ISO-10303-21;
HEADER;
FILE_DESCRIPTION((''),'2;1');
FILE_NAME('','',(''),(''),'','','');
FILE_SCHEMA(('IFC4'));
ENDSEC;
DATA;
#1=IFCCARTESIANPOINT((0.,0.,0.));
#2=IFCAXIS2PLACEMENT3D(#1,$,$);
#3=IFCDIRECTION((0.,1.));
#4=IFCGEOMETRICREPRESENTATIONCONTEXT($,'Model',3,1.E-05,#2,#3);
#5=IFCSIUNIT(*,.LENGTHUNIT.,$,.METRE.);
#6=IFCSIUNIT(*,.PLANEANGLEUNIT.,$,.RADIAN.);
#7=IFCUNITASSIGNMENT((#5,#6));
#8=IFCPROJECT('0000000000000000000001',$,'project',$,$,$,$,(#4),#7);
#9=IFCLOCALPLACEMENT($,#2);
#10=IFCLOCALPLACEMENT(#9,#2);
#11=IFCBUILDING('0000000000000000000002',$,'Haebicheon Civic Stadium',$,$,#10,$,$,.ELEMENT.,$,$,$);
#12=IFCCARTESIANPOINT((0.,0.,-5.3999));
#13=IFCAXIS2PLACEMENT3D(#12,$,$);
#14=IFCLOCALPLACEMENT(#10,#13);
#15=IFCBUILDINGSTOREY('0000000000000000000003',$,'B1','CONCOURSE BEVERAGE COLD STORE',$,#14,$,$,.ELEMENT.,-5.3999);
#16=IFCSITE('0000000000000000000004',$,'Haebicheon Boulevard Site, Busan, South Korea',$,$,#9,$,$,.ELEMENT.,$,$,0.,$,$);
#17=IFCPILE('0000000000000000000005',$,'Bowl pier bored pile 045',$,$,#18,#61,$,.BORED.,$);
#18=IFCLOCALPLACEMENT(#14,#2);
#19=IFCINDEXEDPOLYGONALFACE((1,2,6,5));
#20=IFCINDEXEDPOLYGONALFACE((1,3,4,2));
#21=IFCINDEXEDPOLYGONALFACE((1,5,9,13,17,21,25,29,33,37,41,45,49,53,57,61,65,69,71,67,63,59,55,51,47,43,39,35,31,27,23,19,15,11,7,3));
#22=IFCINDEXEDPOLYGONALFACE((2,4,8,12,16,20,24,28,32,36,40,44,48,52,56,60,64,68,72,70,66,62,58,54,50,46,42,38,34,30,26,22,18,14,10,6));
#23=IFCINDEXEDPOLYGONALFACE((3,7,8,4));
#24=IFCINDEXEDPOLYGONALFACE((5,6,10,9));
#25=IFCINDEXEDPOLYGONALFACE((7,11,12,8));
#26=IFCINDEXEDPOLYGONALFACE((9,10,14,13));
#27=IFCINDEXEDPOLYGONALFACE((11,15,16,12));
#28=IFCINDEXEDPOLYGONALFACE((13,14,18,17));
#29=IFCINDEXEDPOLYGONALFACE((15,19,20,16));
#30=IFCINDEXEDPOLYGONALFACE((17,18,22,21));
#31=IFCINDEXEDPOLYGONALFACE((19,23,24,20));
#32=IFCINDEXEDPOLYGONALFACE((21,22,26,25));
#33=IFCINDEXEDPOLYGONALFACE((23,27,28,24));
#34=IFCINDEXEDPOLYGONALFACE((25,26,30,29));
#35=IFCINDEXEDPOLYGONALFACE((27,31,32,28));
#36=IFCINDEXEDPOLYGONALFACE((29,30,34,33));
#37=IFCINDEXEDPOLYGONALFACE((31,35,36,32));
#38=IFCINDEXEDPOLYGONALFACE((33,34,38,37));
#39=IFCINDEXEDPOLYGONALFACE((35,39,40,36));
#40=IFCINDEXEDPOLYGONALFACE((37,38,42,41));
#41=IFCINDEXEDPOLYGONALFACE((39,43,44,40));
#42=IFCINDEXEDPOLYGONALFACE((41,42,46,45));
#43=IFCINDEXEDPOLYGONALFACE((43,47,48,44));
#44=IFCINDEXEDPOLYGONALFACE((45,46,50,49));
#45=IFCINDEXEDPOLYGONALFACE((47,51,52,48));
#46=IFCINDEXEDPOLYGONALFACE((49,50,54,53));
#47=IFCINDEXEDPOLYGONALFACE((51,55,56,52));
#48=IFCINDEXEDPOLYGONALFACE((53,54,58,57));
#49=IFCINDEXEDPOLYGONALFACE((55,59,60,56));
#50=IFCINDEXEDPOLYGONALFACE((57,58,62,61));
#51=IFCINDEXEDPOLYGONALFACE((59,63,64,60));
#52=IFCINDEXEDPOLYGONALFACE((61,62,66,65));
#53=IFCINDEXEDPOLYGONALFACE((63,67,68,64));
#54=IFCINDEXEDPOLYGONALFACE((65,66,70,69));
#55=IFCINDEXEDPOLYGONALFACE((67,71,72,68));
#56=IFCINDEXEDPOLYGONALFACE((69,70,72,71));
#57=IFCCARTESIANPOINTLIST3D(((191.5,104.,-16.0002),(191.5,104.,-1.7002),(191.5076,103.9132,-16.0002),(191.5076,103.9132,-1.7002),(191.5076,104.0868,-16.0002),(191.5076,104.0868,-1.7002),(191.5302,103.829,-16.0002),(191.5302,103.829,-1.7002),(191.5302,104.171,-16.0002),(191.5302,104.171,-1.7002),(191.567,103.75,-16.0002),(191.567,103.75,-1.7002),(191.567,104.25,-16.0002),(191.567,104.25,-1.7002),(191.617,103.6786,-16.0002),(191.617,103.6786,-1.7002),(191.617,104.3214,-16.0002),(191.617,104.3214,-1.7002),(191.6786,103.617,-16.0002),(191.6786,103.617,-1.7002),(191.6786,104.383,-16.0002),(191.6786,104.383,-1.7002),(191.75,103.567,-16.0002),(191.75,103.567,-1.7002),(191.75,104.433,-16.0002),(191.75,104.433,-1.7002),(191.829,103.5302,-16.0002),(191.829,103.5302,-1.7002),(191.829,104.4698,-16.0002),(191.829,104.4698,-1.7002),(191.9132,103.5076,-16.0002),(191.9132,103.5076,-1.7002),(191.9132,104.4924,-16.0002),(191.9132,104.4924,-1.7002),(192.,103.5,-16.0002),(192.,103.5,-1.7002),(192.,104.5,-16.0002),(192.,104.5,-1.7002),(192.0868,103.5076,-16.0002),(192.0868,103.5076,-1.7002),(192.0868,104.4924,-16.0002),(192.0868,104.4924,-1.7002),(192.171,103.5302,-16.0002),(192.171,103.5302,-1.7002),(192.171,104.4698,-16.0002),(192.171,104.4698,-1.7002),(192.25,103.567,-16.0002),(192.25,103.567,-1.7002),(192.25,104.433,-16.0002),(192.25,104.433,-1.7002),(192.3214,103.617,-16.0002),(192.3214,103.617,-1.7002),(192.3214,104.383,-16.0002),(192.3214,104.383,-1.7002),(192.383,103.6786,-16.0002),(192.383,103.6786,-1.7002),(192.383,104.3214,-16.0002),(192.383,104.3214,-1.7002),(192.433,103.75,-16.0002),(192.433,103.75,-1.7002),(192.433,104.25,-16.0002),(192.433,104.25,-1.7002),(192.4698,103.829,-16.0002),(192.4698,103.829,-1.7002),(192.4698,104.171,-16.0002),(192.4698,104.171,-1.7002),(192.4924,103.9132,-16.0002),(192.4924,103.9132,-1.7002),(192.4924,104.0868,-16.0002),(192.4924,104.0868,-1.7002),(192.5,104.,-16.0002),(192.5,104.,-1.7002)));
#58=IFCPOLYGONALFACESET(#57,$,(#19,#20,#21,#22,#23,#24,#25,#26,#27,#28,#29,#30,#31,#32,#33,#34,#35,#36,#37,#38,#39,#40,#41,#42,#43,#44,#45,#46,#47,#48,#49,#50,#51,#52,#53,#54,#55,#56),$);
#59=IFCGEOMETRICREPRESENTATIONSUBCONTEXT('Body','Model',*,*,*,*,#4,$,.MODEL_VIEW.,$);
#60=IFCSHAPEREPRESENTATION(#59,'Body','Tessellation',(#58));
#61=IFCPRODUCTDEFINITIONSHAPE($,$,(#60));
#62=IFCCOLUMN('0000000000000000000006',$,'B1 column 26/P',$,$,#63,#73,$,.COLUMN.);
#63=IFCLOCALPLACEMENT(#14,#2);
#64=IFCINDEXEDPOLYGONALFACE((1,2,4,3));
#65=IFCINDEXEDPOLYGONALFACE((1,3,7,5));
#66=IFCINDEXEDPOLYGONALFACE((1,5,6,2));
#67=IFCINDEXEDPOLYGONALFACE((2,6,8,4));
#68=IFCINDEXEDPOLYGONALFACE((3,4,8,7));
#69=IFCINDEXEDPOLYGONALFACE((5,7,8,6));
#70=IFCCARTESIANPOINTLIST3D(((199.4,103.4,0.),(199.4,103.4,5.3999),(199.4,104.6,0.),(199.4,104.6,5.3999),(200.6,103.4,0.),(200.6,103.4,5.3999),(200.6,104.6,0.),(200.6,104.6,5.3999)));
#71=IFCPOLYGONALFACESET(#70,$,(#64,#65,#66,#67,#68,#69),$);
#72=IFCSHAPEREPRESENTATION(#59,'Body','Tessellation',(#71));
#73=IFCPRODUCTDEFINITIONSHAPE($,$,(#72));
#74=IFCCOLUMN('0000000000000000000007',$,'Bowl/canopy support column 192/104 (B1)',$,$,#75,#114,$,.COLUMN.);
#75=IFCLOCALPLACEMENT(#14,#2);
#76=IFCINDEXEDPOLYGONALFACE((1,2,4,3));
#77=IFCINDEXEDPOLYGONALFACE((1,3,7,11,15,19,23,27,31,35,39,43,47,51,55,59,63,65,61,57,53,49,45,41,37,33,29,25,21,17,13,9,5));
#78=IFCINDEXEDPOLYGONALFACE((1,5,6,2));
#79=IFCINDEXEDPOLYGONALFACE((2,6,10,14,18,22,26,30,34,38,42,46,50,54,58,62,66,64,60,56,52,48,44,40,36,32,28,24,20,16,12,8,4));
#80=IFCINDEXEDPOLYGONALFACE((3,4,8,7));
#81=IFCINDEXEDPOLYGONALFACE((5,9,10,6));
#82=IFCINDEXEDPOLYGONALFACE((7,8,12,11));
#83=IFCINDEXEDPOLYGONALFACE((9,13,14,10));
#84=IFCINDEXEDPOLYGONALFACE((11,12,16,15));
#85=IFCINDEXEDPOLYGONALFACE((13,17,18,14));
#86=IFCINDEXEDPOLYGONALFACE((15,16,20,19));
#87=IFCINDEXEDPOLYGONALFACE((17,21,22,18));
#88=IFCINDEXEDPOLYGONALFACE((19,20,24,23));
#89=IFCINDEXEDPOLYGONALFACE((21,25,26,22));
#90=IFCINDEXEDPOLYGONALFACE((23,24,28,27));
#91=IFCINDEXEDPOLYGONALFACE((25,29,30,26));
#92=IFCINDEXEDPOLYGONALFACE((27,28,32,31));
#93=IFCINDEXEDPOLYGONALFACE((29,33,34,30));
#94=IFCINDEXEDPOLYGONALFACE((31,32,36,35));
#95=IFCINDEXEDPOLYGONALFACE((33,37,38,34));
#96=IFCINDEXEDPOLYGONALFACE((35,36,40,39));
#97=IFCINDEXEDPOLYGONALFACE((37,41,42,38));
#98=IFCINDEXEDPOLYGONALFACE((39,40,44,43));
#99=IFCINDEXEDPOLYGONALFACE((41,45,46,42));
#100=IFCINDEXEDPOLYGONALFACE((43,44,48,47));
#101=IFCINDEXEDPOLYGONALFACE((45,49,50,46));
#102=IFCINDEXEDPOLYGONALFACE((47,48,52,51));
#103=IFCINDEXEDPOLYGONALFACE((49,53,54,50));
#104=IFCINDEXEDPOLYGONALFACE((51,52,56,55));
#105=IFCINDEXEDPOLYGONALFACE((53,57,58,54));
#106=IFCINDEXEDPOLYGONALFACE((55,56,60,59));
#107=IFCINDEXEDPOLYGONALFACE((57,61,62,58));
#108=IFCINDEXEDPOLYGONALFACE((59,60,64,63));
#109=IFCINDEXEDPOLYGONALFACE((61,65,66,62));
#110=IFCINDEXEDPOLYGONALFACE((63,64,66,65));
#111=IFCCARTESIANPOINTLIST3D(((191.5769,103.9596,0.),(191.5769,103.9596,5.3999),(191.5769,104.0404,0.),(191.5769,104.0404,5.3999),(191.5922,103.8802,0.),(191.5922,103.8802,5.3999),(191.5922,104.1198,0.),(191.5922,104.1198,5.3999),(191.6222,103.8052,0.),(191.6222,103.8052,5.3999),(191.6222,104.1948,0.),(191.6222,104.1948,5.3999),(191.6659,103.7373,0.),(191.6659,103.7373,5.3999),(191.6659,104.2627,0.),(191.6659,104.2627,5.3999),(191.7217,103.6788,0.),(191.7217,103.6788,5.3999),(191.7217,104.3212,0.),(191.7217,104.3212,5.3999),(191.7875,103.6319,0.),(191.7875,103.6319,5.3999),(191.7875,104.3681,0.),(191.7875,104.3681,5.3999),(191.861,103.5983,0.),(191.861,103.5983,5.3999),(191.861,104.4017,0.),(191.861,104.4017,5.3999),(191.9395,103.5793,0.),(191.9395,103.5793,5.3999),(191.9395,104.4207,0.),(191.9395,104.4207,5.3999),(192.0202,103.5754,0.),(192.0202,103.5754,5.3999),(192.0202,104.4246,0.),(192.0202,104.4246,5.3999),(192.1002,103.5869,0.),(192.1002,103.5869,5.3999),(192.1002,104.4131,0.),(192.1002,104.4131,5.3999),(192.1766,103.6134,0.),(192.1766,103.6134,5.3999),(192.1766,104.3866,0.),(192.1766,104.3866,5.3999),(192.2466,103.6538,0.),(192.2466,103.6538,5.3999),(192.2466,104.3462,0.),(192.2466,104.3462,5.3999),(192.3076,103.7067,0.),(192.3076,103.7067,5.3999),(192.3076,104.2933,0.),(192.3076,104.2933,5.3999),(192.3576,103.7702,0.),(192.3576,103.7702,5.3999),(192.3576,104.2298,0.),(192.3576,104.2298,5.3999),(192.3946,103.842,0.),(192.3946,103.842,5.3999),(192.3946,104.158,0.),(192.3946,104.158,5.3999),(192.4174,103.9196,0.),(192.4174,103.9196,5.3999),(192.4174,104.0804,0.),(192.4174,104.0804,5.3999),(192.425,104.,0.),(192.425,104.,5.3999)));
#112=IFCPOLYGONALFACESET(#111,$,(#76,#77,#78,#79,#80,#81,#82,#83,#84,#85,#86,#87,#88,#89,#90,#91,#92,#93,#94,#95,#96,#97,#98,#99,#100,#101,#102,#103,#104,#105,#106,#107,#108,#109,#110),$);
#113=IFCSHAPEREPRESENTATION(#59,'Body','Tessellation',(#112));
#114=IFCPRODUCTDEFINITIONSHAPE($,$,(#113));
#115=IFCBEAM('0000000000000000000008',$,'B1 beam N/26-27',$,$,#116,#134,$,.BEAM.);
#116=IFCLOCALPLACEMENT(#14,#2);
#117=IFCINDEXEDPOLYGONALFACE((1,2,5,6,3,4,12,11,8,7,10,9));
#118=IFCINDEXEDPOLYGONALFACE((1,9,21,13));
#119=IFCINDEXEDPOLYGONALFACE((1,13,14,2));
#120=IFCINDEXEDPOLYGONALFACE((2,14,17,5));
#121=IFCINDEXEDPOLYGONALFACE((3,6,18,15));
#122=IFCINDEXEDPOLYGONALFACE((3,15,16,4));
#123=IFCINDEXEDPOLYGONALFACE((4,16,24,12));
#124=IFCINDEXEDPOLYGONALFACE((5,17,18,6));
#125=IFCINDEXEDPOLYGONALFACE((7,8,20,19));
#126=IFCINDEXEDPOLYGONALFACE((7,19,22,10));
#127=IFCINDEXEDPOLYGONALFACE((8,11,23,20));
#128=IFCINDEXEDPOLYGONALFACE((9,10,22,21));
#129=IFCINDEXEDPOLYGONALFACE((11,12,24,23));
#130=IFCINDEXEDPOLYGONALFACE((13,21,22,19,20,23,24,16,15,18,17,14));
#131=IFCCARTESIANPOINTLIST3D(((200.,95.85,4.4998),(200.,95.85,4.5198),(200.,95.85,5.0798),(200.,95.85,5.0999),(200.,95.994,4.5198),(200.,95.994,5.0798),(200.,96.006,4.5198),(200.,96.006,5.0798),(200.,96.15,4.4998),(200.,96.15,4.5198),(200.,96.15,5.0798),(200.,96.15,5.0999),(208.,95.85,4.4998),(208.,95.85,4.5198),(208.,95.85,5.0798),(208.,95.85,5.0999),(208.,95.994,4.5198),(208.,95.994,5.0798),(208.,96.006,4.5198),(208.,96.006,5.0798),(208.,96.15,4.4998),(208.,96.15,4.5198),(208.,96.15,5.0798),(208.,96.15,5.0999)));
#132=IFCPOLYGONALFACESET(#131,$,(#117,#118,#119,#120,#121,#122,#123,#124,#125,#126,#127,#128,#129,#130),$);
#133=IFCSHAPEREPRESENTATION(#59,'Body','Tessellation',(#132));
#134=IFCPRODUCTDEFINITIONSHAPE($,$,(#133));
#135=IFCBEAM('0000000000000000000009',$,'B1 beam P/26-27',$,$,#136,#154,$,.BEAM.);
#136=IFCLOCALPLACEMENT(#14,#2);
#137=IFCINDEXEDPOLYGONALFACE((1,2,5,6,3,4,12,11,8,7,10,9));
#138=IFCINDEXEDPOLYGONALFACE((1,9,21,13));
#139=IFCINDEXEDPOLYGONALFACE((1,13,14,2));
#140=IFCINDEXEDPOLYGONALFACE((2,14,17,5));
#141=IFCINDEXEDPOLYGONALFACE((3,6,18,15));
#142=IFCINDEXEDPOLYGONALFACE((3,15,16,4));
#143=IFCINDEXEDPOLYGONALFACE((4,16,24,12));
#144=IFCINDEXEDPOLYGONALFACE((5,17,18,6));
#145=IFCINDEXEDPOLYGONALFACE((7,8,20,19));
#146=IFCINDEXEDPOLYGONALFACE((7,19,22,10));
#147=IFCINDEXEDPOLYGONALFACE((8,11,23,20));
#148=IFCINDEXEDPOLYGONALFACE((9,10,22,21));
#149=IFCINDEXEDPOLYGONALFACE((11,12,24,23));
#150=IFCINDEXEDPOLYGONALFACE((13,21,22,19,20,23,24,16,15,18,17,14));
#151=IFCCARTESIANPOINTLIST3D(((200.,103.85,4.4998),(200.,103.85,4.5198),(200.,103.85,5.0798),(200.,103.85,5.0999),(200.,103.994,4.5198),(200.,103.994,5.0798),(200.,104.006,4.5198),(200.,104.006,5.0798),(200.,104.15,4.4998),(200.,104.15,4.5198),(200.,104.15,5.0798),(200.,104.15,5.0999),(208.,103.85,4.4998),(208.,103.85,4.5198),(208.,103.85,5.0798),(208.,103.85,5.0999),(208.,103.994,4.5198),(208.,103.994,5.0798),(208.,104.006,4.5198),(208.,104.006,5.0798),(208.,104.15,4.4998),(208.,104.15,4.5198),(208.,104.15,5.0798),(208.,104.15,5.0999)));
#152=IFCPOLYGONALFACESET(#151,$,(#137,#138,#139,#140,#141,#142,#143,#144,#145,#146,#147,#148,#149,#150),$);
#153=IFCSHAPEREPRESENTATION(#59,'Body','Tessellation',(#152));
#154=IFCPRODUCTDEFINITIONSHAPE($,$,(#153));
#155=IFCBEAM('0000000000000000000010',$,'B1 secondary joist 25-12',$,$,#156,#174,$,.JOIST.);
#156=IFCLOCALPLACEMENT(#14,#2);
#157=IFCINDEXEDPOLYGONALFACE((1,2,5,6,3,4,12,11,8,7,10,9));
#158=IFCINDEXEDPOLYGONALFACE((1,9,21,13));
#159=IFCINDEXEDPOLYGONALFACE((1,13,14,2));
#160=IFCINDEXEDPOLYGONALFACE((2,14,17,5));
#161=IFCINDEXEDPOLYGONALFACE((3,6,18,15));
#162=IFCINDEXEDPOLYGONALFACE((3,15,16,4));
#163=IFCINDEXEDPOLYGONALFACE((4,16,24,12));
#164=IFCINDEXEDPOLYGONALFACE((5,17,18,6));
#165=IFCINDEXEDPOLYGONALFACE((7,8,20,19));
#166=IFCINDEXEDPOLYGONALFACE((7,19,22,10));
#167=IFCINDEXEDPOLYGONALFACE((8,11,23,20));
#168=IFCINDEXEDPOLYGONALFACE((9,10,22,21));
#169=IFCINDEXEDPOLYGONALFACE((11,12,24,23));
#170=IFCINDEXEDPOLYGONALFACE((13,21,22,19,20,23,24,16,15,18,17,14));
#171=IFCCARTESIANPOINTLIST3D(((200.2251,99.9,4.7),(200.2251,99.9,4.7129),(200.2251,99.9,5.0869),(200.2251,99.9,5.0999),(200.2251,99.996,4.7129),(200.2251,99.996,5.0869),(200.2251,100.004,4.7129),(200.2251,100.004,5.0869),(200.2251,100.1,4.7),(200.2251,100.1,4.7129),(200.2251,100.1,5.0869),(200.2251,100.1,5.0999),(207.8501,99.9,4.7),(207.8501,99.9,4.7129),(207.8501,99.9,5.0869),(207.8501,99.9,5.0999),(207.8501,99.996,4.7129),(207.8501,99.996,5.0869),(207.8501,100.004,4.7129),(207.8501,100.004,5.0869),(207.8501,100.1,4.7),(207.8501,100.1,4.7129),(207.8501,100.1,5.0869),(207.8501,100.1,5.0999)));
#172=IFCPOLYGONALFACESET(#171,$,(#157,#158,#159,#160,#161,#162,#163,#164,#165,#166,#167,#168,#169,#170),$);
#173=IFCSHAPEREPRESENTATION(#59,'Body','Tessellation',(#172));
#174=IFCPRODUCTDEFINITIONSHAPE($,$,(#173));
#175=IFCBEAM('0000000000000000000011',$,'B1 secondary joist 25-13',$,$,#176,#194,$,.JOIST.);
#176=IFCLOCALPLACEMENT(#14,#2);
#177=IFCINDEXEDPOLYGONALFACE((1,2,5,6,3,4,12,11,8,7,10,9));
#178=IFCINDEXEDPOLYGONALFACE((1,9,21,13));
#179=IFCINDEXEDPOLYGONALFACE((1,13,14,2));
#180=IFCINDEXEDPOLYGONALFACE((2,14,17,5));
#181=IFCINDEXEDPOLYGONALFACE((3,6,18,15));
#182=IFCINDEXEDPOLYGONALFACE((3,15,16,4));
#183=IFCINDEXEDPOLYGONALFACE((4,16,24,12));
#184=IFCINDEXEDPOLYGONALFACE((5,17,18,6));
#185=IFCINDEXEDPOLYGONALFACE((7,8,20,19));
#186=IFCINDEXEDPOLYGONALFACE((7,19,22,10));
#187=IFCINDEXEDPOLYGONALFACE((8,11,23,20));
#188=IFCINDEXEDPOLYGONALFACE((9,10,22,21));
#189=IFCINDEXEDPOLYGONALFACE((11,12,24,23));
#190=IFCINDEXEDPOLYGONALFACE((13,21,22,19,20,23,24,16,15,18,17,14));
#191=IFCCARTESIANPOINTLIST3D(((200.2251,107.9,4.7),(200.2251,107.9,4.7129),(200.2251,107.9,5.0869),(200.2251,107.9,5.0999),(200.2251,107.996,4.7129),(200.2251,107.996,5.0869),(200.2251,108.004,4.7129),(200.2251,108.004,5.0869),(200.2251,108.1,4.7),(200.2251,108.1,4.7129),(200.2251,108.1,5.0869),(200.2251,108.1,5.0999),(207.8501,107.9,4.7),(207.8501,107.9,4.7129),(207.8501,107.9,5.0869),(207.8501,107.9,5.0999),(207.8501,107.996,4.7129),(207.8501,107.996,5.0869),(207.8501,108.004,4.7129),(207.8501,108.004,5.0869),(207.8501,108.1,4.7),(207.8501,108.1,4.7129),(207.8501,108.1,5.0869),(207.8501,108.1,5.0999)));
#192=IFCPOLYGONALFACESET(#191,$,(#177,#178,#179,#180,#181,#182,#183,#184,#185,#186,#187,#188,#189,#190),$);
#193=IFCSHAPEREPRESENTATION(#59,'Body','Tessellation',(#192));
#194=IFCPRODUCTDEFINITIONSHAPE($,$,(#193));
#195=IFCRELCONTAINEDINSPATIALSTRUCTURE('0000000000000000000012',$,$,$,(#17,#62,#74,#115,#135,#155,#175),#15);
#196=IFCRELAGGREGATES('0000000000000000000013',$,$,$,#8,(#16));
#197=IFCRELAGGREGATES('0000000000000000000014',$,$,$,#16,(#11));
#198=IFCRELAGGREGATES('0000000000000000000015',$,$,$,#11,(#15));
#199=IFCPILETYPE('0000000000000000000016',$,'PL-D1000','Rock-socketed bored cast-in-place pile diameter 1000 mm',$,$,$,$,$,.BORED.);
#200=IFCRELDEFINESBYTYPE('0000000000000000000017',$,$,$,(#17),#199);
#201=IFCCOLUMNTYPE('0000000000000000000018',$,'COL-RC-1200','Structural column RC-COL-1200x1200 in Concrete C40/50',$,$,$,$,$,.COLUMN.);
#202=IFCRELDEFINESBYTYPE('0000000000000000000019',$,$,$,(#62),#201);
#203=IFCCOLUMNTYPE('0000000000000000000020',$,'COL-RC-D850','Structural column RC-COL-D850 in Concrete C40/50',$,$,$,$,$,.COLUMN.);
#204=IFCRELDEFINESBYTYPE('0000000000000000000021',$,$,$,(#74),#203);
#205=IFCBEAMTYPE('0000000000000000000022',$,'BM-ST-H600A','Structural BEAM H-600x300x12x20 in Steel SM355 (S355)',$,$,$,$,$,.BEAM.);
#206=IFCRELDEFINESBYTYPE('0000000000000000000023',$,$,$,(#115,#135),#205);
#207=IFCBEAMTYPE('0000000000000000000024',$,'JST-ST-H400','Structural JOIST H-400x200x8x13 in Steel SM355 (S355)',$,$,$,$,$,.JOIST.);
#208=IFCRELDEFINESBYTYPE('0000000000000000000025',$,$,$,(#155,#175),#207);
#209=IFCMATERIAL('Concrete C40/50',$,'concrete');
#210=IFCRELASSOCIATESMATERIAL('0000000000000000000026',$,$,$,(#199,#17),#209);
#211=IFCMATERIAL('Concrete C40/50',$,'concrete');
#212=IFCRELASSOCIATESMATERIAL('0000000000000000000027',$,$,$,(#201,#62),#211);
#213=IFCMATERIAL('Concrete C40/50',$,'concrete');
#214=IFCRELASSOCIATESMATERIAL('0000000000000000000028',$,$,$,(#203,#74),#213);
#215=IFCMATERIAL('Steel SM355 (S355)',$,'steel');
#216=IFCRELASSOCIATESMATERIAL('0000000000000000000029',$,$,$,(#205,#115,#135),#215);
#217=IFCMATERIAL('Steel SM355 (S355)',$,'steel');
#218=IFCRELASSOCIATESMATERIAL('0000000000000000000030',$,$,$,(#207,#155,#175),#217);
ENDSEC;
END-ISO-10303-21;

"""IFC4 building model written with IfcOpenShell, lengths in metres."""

from ifc_helpers import new_model, si_unit, direction, frame, origin, origin_2d, place, context, subcontext, project, spatial, rectangle, circle, i_section, extrude, material, material_profile, profile_set, type_object, element, save


model = new_model("IFC4")

# Units and contexts
model_context = context("Model", 3, precision=1e-05, world=origin(), true_north=direction((0.0, 1.0)))
body_context = subcontext(model_context, "Body", "Model", "MODEL_VIEW")
ifc_project = project(units=[si_unit("LENGTHUNIT", "METRE"), si_unit("PLANEANGLEUNIT", "RADIAN")], contexts=[model_context])

# Site, building, storey
site_placement = place(None, origin())
site = spatial("IfcSite", under=ifc_project, at=site_placement, Name="Haebicheon Boulevard Site, Busan, South Korea", CompositionType="ELEMENT", RefElevation=0.0)
building_placement = place(site_placement, origin())
building = spatial("IfcBuilding", under=site, at=building_placement, Name="Haebicheon Civic Stadium", CompositionType="ELEMENT")
storey_placement = place(building_placement, frame((0.0, 0.0, -5.3999)))
storey = spatial("IfcBuildingStorey", under=building, at=storey_placement, Name="B1", Description="CONCOURSE BEVERAGE COLD STORE", CompositionType="ELEMENT", Elevation=-5.3999)

# Pile
ifc_material_1 = material(Name="Concrete C40/50", Category="concrete")
ifc_material_profile_1 = material_profile(ifc_material_1, circle(Radius=0.5, at=origin_2d()), Name="PILE-D1000")
ifc_profile_set_1 = profile_set([ifc_material_profile_1], Name="Concrete C40/50")
pile_type = type_object("IfcPileType", Name="PL-D1000", Description="Rock-socketed bored cast-in-place pile diameter 1000 mm", PredefinedType="BORED", material=ifc_profile_set_1)
pile_placement = place(storey_placement, frame((192.0, 104.0, -1.7002), z_axis=(0.0, 0.0, -1.0), x_axis=(1.0, 0.0, 0.0)))
element("IfcPile", 1, at=pile_placement, inside=storey, type_object=pile_type, material=ifc_profile_set_1, Name="Bowl pier bored pile 045", PredefinedType="BORED", context=body_context, shape_type="SweptSolid", body=[
    extrude(circle(Radius=0.5, at=origin_2d()), origin(), (0.0, 0.0, 1.0), 14.3),
])

# Columns
ifc_material_2 = material(Name="Concrete C40/50", Category="concrete")
ifc_material_profile_2 = material_profile(ifc_material_2, rectangle(XDim=1.2, YDim=1.2, at=origin_2d()), Name="RC-COL-1200x1200")
ifc_profile_set_2 = profile_set([ifc_material_profile_2], Name="Concrete C40/50")
column_type_1 = type_object("IfcColumnType", Name="COL-RC-1200", Description="Structural column RC-COL-1200x1200 in Concrete C40/50", PredefinedType="COLUMN", material=ifc_profile_set_2)
column_1_placement = place(storey_placement, frame((200.0, 104.0, 0.0), z_axis=(0.0, 0.0, 1.0), x_axis=(1.0, 0.0, 0.0)))
element("IfcColumn", 2, at=column_1_placement, inside=storey, type_object=column_type_1, material=ifc_profile_set_2, Name="B1 column 26/P", PredefinedType="COLUMN", context=body_context, shape_type="SweptSolid", body=[
    extrude(rectangle(XDim=1.2, YDim=1.2, at=origin_2d()), origin(), (0.0, 0.0, 1.0), 5.3999),
])
ifc_material_3 = material(Name="Concrete C40/50", Category="concrete")
ifc_material_profile_3 = material_profile(ifc_material_3, circle(Radius=0.425, at=origin_2d()), Name="RC-COL-D850")
ifc_profile_set_3 = profile_set([ifc_material_profile_3], Name="Concrete C40/50")
column_type_2 = type_object("IfcColumnType", Name="COL-RC-D850", Description="Structural column RC-COL-D850 in Concrete C40/50", PredefinedType="COLUMN", material=ifc_profile_set_3)
column_2_placement = place(storey_placement, frame((192.0, 104.0, 0.0), z_axis=(0.0, 0.0, 1.0), x_axis=(1.0, 0.0, 0.0)))
element("IfcColumn", 3, at=column_2_placement, inside=storey, type_object=column_type_2, material=ifc_profile_set_3, Name="Bowl/canopy support column 192/104 (B1)", PredefinedType="COLUMN", context=body_context, shape_type="SweptSolid", body=[
    extrude(circle(Radius=0.425, at=origin_2d()), origin(), (0.0, 0.0, 1.0), 5.3999),
])

# Beams
ifc_material_4 = material(Name="Steel SM355 (S355)", Category="steel")
ifc_material_profile_4 = material_profile(ifc_material_4, i_section(OverallWidth=0.3, OverallDepth=0.6001, WebThickness=0.012, FlangeThickness=0.02, at=origin_2d()), Name="H-600x300x12x20")
ifc_profile_set_4 = profile_set([ifc_material_profile_4], Name="Steel SM355 (S355)")
beam_type_1 = type_object("IfcBeamType", Name="BM-ST-H600A", Description="Structural BEAM H-600x300x12x20 in Steel SM355 (S355)", PredefinedType="BEAM", material=ifc_profile_set_4)
for number, where, z_axis, x_axis, name in (
    (4, (200.0, 96.0, 4.7998), (1.0, 0.0, 0.0), (0.0, 1.0, 0.0), "B1 beam N/26-27"),
    (5, (200.0, 104.0, 4.7998), (1.0, 0.0, 0.0), (0.0, 1.0, 0.0), "B1 beam P/26-27"),
):
    element("IfcBeam", number, at=place(storey_placement, frame(where, z_axis=z_axis, x_axis=x_axis)), inside=storey, type_object=beam_type_1, material=ifc_profile_set_4, Name=name, PredefinedType="BEAM", context=body_context, shape_type="SweptSolid", body=[
        extrude(i_section(OverallWidth=0.3, OverallDepth=0.6001, WebThickness=0.012, FlangeThickness=0.02, at=origin_2d()), origin(), (0.0, 0.0, 1.0), 8.0),
    ])
ifc_material_5 = material(Name="Steel SM355 (S355)", Category="steel")
ifc_material_profile_5 = material_profile(ifc_material_5, i_section(OverallWidth=0.2, OverallDepth=0.3999, WebThickness=0.0081, FlangeThickness=0.0129, at=origin_2d()), Name="H-400x200x8x13")
ifc_profile_set_5 = profile_set([ifc_material_profile_5], Name="Steel SM355 (S355)")
beam_type_2 = type_object("IfcBeamType", Name="JST-ST-H400", Description="Structural JOIST H-400x200x8x13 in Steel SM355 (S355)", PredefinedType="JOIST", material=ifc_profile_set_5)
for number, where, z_axis, x_axis, name in (
    (6, (200.2251, 100.0, 4.8999), (1.0, 0.0, 0.0), (0.0, 1.0, 0.0), "B1 secondary joist 25-12"),
    (7, (200.2251, 108.0, 4.8999), (1.0, 0.0, 0.0), (0.0, 1.0, 0.0), "B1 secondary joist 25-13"),
):
    element("IfcBeam", number, at=place(storey_placement, frame(where, z_axis=z_axis, x_axis=x_axis)), inside=storey, type_object=beam_type_2, material=ifc_profile_set_5, Name=name, PredefinedType="JOIST", context=body_context, shape_type="SweptSolid", body=[
        extrude(i_section(OverallWidth=0.2, OverallDepth=0.3999, WebThickness=0.0081, FlangeThickness=0.0129, at=origin_2d()), origin(), (0.0, 0.0, 1.0), 7.625),
    ])

save(model, "model.ifc")
